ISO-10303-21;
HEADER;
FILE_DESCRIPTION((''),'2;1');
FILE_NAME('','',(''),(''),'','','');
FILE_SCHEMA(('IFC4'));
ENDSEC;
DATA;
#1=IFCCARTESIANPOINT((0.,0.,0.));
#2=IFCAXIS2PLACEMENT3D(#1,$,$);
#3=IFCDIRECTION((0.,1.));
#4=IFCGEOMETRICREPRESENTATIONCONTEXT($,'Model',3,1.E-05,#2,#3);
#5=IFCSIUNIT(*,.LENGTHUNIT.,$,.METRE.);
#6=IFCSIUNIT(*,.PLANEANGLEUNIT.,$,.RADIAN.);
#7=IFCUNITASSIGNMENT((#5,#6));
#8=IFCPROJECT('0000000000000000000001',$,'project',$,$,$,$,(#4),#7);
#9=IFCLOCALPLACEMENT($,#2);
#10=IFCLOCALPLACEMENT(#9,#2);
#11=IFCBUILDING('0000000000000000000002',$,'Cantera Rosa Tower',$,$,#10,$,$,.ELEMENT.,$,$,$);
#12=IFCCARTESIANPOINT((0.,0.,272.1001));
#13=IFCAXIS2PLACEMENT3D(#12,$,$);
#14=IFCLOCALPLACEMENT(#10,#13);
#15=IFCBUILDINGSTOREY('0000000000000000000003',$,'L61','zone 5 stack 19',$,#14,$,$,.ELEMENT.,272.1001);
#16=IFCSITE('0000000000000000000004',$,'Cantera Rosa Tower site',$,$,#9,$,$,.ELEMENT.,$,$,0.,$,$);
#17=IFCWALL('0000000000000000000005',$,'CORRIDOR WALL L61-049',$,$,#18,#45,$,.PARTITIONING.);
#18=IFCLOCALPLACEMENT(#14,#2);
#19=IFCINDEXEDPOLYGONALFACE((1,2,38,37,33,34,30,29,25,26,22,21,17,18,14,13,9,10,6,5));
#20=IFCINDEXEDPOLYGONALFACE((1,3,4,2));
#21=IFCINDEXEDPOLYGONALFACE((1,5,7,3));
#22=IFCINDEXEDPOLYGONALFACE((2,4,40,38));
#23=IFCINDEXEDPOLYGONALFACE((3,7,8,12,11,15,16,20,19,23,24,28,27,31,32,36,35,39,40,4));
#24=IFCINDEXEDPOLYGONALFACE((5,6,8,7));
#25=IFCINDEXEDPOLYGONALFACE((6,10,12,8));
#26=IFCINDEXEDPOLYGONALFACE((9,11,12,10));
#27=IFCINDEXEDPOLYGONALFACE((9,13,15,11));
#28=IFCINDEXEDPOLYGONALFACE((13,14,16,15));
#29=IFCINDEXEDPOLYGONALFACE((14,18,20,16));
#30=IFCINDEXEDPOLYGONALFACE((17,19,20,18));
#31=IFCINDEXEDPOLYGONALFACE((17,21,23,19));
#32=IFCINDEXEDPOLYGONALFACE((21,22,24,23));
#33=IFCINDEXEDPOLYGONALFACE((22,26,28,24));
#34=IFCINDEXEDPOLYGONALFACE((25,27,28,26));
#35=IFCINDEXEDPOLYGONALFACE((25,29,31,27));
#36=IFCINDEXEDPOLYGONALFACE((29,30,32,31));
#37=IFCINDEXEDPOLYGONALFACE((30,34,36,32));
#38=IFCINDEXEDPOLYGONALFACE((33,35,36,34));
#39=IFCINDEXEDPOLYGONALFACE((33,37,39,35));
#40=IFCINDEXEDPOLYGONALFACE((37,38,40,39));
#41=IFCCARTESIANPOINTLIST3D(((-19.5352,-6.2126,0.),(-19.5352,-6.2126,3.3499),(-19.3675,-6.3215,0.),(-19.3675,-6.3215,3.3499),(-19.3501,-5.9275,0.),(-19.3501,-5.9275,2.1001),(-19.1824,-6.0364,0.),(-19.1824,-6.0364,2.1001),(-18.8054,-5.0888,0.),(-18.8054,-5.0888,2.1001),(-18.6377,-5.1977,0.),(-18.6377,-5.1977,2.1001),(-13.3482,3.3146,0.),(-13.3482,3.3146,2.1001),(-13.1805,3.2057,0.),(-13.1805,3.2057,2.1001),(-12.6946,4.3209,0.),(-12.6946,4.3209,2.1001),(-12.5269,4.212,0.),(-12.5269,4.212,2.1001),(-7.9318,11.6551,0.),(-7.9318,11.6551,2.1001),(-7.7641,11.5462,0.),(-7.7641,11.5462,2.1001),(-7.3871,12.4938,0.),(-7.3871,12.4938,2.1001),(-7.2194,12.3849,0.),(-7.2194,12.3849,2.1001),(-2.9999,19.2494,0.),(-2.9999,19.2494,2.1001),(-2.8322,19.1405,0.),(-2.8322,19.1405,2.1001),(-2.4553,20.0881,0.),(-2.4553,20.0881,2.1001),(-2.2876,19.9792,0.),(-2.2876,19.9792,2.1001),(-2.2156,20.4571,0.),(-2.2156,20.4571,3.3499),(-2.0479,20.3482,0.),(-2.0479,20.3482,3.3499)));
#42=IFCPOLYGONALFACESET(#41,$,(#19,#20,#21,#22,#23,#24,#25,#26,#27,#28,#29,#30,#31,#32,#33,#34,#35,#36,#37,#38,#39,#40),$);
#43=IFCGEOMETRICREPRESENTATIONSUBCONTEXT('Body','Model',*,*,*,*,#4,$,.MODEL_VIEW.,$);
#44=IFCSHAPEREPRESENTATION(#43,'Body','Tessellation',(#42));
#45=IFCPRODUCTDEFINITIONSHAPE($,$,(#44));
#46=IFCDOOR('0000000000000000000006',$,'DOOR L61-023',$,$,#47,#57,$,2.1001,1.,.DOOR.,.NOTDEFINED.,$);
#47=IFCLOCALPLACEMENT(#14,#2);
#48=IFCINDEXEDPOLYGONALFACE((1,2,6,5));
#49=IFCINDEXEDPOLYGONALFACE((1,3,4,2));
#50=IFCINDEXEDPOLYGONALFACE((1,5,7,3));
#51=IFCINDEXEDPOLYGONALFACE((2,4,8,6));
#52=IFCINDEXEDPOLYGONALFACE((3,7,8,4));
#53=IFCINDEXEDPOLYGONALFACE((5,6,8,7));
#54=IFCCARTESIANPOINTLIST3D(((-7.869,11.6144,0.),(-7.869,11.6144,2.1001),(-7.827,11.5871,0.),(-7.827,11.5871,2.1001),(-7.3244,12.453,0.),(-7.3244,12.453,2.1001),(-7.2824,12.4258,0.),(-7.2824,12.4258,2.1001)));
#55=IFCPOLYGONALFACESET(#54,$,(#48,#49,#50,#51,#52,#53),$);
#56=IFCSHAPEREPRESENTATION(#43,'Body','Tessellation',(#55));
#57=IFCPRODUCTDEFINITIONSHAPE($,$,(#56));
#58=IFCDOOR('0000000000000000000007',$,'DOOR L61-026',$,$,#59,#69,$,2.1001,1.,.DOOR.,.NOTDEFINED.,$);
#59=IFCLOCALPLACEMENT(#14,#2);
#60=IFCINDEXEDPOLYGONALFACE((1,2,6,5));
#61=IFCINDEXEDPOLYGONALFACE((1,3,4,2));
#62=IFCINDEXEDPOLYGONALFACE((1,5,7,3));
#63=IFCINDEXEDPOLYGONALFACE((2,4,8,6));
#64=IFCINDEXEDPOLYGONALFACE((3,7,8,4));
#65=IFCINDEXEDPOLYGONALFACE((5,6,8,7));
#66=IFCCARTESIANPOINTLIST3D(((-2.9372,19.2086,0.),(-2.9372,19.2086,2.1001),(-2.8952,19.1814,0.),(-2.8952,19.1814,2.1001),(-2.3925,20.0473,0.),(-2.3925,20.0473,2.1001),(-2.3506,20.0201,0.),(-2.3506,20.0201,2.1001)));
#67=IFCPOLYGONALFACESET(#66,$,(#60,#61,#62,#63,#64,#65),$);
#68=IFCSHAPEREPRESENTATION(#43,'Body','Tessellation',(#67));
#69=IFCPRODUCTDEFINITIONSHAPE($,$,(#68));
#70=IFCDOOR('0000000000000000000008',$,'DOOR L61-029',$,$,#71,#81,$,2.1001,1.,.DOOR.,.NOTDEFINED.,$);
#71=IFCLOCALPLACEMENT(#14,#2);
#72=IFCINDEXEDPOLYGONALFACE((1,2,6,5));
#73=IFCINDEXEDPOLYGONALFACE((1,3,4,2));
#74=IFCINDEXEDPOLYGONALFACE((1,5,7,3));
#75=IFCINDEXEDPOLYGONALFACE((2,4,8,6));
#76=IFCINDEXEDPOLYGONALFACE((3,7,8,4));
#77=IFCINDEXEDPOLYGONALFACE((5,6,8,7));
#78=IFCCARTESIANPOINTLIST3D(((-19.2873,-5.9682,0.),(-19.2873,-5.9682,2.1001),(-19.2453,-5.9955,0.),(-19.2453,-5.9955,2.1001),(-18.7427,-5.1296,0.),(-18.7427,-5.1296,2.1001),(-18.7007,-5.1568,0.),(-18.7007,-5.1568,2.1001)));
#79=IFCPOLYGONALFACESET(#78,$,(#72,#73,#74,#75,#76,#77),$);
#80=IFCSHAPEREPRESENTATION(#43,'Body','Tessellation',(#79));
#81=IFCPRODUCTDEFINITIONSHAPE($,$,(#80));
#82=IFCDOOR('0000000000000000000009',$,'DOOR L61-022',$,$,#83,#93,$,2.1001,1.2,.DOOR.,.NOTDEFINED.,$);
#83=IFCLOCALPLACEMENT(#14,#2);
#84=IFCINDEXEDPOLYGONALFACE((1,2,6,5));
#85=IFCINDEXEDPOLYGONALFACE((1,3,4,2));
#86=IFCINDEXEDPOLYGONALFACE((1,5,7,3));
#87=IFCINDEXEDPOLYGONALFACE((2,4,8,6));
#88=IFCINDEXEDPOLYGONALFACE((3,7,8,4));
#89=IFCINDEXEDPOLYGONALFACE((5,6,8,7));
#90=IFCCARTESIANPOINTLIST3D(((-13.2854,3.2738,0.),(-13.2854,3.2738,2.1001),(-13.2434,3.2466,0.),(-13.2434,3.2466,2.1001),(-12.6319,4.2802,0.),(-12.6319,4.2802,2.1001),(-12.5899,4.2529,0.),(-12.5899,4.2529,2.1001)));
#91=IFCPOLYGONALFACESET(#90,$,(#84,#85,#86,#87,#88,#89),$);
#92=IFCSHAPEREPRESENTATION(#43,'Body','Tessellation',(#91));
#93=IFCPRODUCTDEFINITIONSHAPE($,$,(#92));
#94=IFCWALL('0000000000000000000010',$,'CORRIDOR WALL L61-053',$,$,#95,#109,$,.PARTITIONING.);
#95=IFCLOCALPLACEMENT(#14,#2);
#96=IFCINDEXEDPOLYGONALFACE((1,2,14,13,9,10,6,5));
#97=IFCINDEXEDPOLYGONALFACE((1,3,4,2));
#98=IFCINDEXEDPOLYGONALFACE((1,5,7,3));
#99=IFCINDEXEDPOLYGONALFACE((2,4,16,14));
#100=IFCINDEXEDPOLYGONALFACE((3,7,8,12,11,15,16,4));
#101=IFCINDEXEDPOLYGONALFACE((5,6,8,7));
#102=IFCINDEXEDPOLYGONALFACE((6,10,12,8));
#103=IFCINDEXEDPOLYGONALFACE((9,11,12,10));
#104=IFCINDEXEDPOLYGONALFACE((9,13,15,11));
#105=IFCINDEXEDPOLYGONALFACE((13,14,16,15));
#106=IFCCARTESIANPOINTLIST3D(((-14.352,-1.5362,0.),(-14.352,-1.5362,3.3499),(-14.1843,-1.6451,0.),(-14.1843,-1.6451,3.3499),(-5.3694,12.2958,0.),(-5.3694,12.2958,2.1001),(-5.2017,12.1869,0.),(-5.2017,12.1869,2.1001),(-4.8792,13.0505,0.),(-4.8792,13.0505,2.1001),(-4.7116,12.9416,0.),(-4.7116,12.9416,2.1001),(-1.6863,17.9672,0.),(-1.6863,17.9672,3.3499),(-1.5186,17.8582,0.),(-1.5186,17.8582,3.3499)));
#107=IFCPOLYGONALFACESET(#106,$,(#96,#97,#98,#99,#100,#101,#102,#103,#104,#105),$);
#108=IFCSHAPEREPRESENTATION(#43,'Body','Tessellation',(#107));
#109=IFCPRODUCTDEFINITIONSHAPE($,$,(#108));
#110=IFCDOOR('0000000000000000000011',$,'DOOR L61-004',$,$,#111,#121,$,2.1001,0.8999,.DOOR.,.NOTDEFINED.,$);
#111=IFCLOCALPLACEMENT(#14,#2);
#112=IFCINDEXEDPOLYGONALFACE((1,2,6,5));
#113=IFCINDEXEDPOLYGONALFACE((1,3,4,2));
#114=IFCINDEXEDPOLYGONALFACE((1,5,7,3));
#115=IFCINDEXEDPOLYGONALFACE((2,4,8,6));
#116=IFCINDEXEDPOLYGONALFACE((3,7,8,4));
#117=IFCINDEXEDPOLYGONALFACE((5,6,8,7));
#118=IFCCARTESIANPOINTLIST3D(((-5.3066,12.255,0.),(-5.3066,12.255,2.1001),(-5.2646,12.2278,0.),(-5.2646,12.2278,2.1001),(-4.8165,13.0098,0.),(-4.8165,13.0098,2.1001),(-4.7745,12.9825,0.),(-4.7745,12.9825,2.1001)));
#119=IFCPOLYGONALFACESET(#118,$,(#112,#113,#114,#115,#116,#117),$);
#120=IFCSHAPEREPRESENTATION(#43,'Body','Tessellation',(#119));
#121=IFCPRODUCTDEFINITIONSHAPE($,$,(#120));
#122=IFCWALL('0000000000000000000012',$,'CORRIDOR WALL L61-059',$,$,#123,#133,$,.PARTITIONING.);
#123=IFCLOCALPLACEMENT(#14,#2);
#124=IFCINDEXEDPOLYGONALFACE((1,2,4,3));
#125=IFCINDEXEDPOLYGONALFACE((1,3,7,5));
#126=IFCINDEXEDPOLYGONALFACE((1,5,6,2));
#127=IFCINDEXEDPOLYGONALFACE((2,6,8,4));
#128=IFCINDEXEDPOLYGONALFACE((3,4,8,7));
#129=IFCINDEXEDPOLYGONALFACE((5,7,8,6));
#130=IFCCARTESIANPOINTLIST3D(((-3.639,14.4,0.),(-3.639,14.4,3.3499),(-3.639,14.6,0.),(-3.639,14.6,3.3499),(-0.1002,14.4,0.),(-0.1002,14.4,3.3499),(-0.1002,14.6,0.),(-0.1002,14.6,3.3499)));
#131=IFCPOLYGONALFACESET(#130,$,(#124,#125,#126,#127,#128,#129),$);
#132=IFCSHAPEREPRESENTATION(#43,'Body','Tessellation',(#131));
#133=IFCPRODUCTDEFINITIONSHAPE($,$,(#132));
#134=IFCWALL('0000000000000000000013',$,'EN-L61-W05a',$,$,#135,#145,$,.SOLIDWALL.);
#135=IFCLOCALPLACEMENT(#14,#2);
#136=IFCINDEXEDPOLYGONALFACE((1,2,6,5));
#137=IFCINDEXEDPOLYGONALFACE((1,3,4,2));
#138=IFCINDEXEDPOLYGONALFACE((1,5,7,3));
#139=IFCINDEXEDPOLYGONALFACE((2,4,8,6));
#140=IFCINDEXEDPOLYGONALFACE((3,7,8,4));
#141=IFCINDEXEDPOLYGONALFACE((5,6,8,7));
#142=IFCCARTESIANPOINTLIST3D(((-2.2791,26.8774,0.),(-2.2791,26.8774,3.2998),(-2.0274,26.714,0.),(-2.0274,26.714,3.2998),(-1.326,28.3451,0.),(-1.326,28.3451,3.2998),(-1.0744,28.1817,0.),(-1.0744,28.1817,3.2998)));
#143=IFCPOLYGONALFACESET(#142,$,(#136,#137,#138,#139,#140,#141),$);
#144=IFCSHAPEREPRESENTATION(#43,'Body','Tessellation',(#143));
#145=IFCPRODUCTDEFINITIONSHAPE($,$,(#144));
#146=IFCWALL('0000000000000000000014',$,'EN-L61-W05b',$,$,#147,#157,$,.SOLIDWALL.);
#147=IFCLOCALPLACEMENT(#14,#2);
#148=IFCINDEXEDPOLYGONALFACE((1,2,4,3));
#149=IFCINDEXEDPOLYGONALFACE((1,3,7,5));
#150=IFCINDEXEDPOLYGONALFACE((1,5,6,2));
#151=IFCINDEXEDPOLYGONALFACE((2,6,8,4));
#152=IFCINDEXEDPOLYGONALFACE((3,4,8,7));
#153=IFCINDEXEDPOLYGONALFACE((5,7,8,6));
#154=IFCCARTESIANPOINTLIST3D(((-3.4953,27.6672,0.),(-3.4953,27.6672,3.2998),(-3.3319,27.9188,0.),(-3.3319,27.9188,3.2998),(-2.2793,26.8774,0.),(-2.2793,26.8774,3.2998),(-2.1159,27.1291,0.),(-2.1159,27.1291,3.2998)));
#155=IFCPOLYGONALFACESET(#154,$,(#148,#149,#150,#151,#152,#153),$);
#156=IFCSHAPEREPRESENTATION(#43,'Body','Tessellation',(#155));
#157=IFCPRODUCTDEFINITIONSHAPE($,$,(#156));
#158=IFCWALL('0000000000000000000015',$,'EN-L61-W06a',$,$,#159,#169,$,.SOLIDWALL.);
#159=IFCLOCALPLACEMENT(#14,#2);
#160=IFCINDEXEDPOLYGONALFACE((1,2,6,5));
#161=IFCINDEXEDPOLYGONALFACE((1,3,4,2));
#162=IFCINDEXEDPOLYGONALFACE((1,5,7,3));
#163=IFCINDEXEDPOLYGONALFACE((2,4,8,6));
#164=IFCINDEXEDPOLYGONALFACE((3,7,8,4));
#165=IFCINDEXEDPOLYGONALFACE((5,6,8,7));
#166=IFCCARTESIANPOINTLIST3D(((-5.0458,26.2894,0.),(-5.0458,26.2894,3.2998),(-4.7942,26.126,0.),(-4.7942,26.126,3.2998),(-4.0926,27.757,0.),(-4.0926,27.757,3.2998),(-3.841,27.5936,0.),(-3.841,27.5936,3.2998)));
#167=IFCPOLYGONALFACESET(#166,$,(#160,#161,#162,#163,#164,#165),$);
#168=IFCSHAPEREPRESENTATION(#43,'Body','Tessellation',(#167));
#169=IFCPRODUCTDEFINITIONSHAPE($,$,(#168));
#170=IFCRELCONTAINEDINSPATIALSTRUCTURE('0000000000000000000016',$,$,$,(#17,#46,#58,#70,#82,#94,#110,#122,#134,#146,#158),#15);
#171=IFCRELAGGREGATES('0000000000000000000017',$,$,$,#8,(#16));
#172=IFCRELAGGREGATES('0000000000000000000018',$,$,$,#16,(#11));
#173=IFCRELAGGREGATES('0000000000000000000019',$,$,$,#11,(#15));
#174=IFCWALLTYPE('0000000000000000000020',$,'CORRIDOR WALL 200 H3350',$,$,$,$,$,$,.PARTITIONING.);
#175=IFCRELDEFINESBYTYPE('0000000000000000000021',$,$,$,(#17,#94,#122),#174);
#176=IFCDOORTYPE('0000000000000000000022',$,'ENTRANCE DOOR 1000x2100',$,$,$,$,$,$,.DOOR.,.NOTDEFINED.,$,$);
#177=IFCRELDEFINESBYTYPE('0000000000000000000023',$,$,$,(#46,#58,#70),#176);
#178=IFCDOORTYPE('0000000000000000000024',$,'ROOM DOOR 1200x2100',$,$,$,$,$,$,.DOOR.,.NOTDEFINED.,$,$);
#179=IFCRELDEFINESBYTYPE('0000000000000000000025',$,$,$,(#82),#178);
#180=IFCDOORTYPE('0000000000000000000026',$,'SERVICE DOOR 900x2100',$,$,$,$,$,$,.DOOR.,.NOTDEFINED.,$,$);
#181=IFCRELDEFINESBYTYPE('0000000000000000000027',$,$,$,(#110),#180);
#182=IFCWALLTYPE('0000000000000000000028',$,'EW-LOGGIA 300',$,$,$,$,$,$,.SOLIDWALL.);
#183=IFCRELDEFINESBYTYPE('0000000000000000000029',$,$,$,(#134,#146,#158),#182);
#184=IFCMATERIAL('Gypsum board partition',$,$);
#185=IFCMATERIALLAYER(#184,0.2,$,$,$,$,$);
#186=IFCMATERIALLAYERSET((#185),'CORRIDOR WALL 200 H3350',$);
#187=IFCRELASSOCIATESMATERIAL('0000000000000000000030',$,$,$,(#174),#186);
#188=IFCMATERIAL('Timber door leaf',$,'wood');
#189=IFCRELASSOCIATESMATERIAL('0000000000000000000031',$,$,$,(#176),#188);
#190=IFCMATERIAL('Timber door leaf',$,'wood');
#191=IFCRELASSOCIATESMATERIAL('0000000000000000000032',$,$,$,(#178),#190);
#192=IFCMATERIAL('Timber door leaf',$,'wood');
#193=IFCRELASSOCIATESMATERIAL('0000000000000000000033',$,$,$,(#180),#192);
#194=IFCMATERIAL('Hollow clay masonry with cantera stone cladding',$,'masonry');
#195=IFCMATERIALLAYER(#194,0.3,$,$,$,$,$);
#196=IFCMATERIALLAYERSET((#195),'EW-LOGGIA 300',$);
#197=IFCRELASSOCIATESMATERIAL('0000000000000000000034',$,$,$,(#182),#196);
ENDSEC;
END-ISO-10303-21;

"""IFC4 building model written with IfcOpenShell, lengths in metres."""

from ifc_helpers import new_model, si_unit, direction, frame, frame_2d, origin, place, context, subcontext, project, spatial, rectangle, extrude, material, layer, layer_set, type_object, element, fill, save


model = new_model("IFC4")

# Units and contexts
model_context = context("Model", 3, precision=1e-05, world=origin(), true_north=direction((0.0, 1.0)))
body_context = subcontext(model_context, "Body", "Model", "MODEL_VIEW")
ifc_project = project(units=[si_unit("LENGTHUNIT", "METRE"), si_unit("PLANEANGLEUNIT", "RADIAN")], contexts=[model_context])

# Site, building, storey
site_placement = place(None, origin())
site = spatial("IfcSite", under=ifc_project, at=site_placement, Name="Cantera Rosa Tower site", CompositionType="ELEMENT", RefElevation=0.0)
building_placement = place(site_placement, origin())
building = spatial("IfcBuilding", under=site, at=building_placement, Name="Cantera Rosa Tower", CompositionType="ELEMENT")
storey_placement = place(building_placement, frame((0.0, 0.0, 272.1001)))
storey = spatial("IfcBuildingStorey", under=building, at=storey_placement, Name="L61", Description="zone 5 stack 19", CompositionType="ELEMENT", Elevation=272.1001)

# Wall, openings, doors
ifc_material_1 = material(Name="Gypsum board partition")
ifc_layer_1 = layer(ifc_material_1, 0.2)
ifc_layer_set_1 = layer_set([ifc_layer_1], Name="CORRIDOR WALL 200 H3350")
wall_type_1 = type_object("IfcWallType", Name="CORRIDOR WALL 200 H3350", PredefinedType="PARTITIONING", material=ifc_layer_set_1)
wall_1_placement = place(storey_placement, frame((-2.1318, 20.4026, 0.0), z_axis=(0.0, 0.0, 1.0), x_axis=(-0.544641, -0.838669, 0.0)))
wall_1 = element("IfcWall", 1, at=wall_1_placement, inside=storey, type_object=wall_type_1, Name="CORRIDOR WALL L61-049", PredefinedType="PARTITIONING", context=body_context, shape_type="SweptSolid", body=[
    extrude(rectangle(XDim=31.8, YDim=0.2, at=frame_2d((15.8999, 0.0))), origin(), (0.0, 0.0, 1.0), 3.3499),
])
opening_1_placement = place(wall_1_placement, frame((19.24, 0.0, 0.0)))
opening_1 = element("IfcOpeningElement", 2, at=opening_1_placement, cuts=wall_1, PredefinedType="OPENING", context=body_context, shape_type="SweptSolid", body=[
    extrude(rectangle(XDim=1.2, YDim=2.1001, at=frame_2d((0.6001, 1.05))), frame((0.0, 0.1099, 0.0), z_axis=(0.0, -1.0, 0.0), x_axis=(1.0, 0.0, 0.0)), (0.0, 0.0, 1.0), 0.22),
])
opening_2_placement = place(wall_1_placement, frame((9.4951, 0.0, 0.0)))
opening_2 = element("IfcOpeningElement", 3, at=opening_2_placement, cuts=wall_1, PredefinedType="OPENING", context=body_context, shape_type="SweptSolid", body=[
    extrude(rectangle(XDim=1.0, YDim=2.1001, at=frame_2d((0.5, 1.05))), frame((0.0, 0.1099, 0.0), z_axis=(0.0, -1.0, 0.0), x_axis=(1.0, 0.0, 0.0)), (0.0, 0.0, 1.0), 0.22),
])
opening_3_placement = place(wall_1_placement, frame((0.4399, 0.0, 0.0)))
opening_3 = element("IfcOpeningElement", 4, at=opening_3_placement, cuts=wall_1, PredefinedType="OPENING", context=body_context, shape_type="SweptSolid", body=[
    extrude(rectangle(XDim=1.0, YDim=2.1001, at=frame_2d((0.5, 1.05))), frame((0.0, 0.1099, 0.0), z_axis=(0.0, -1.0, 0.0), x_axis=(1.0, 0.0, 0.0)), (0.0, 0.0, 1.0), 0.22),
])
opening_4_placement = place(wall_1_placement, frame((30.46, 0.0, 0.0)))
opening_4 = element("IfcOpeningElement", 5, at=opening_4_placement, cuts=wall_1, PredefinedType="OPENING", context=body_context, shape_type="SweptSolid", body=[
    extrude(rectangle(XDim=1.0, YDim=2.1001, at=frame_2d((0.5, 1.05))), frame((0.0, 0.1099, 0.0), z_axis=(0.0, -1.0, 0.0), x_axis=(1.0, 0.0, 0.0)), (0.0, 0.0, 1.0), 0.22),
])
ifc_material_2 = material(Name="Timber door leaf", Category="wood")
door_type_1 = type_object("IfcDoorType", Name="ENTRANCE DOOR 1000x2100", OperationType="NOTDEFINED", PredefinedType="DOOR", material=ifc_material_2)
door_1_placement = place(opening_2_placement, origin())
door_1 = element("IfcDoor", 6, at=door_1_placement, inside=storey, type_object=door_type_1, Name="DOOR L61-023", OperationType="NOTDEFINED", OverallHeight=2.1001, OverallWidth=1.0, PredefinedType="DOOR", context=body_context, shape_type="SweptSolid", body=[
    extrude(rectangle(XDim=1.0, YDim=2.1001, at=frame_2d((0.5, 1.05))), frame((0.0, 0.0249, 0.0), z_axis=(0.0, -1.0, 0.0), x_axis=(1.0, 0.0, 0.0)), (0.0, 0.0, 1.0), 0.05),
])
fill(opening_2, door_1)
door_2_placement = place(opening_3_placement, origin())
door_2 = element("IfcDoor", 7, at=door_2_placement, inside=storey, type_object=door_type_1, Name="DOOR L61-026", OperationType="NOTDEFINED", OverallHeight=2.1001, OverallWidth=1.0, PredefinedType="DOOR", context=body_context, shape_type="SweptSolid", body=[
    extrude(rectangle(XDim=1.0, YDim=2.1001, at=frame_2d((0.5, 1.05))), frame((0.0, 0.0249, 0.0), z_axis=(0.0, -1.0, 0.0), x_axis=(1.0, 0.0, 0.0)), (0.0, 0.0, 1.0), 0.05),
])
fill(opening_3, door_2)
door_3_placement = place(opening_4_placement, origin())
door_3 = element("IfcDoor", 8, at=door_3_placement, inside=storey, type_object=door_type_1, Name="DOOR L61-029", OperationType="NOTDEFINED", OverallHeight=2.1001, OverallWidth=1.0, PredefinedType="DOOR", context=body_context, shape_type="SweptSolid", body=[
    extrude(rectangle(XDim=1.0, YDim=2.1001, at=frame_2d((0.5, 1.05))), frame((0.0, 0.0249, 0.0), z_axis=(0.0, -1.0, 0.0), x_axis=(1.0, 0.0, 0.0)), (0.0, 0.0, 1.0), 0.05),
])
fill(opening_4, door_3)
ifc_material_3 = material(Name="Timber door leaf", Category="wood")
door_type_2 = type_object("IfcDoorType", Name="ROOM DOOR 1200x2100", OperationType="NOTDEFINED", PredefinedType="DOOR", material=ifc_material_3)
door_4_placement = place(opening_1_placement, origin())
door_4 = element("IfcDoor", 9, at=door_4_placement, inside=storey, type_object=door_type_2, Name="DOOR L61-022", OperationType="NOTDEFINED", OverallHeight=2.1001, OverallWidth=1.2, PredefinedType="DOOR", context=body_context, shape_type="SweptSolid", body=[
    extrude(rectangle(XDim=1.2, YDim=2.1001, at=frame_2d((0.6001, 1.05))), frame((0.0, 0.0249, 0.0), z_axis=(0.0, -1.0, 0.0), x_axis=(1.0, 0.0, 0.0)), (0.0, 0.0, 1.0), 0.05),
])
fill(opening_1, door_4)

# Wall, opening, door
wall_2_placement = place(storey_placement, frame((-1.6025, 17.9126, 0.0), z_axis=(0.0, 0.0, 1.0), x_axis=(-0.544642, -0.838669, 0.0)))
wall_2 = element("IfcWall", 10, at=wall_2_placement, inside=storey, type_object=wall_type_1, Name="CORRIDOR WALL L61-053", PredefinedType="PARTITIONING", context=body_context, shape_type="SweptSolid", body=[
    extrude(rectangle(XDim=23.2551, YDim=0.2, at=frame_2d((11.6274, 0.0))), origin(), (0.0, 0.0, 1.0), 3.3499),
])
opening_5_placement = place(wall_2_placement, frame((5.8623, 0.0, 0.0)))
opening_5 = element("IfcOpeningElement", 11, at=opening_5_placement, cuts=wall_2, PredefinedType="OPENING", context=body_context, shape_type="SweptSolid", body=[
    extrude(rectangle(XDim=0.8999, YDim=2.1001, at=frame_2d((0.45, 1.05))), frame((0.0, 0.1099, 0.0), z_axis=(0.0, -1.0, 0.0), x_axis=(1.0, 0.0, 0.0)), (0.0, 0.0, 1.0), 0.22),
])
ifc_material_4 = material(Name="Timber door leaf", Category="wood")
door_type_3 = type_object("IfcDoorType", Name="SERVICE DOOR 900x2100", OperationType="NOTDEFINED", PredefinedType="DOOR", material=ifc_material_4)
door_5_placement = place(opening_5_placement, origin())
door_5 = element("IfcDoor", 12, at=door_5_placement, inside=storey, type_object=door_type_3, Name="DOOR L61-004", OperationType="NOTDEFINED", OverallHeight=2.1001, OverallWidth=0.8999, PredefinedType="DOOR", context=body_context, shape_type="SweptSolid", body=[
    extrude(rectangle(XDim=0.8999, YDim=2.1001, at=frame_2d((0.45, 1.05))), frame((0.0, 0.0249, 0.0), z_axis=(0.0, -1.0, 0.0), x_axis=(1.0, 0.0, 0.0)), (0.0, 0.0, 1.0), 0.05),
])
fill(opening_5, door_5)

# Walls
wall_3_placement = place(storey_placement, frame((-0.1001, 14.5, 0.0), z_axis=(0.0, 0.0, 1.0), x_axis=(-1.0, 0.0, 0.0)))
element("IfcWall", 13, at=wall_3_placement, inside=storey, type_object=wall_type_1, Name="CORRIDOR WALL L61-059", PredefinedType="PARTITIONING", context=body_context, shape_type="SweptSolid", body=[
    extrude(rectangle(XDim=3.5388, YDim=0.2, at=frame_2d((1.7695, 0.0))), origin(), (0.0, 0.0, 1.0), 3.3499),
])
ifc_material_5 = material(Name="Hollow clay masonry with cantera stone cladding", Category="masonry")
ifc_layer_2 = layer(ifc_material_5, 0.3)
ifc_layer_set_2 = layer_set([ifc_layer_2], Name="EW-LOGGIA 300")
wall_type_2 = type_object("IfcWallType", Name="EW-LOGGIA 300", PredefinedType="SOLIDWALL", material=ifc_layer_set_2)
wall_4_placement = place(storey_placement, frame((-1.2002, 28.2634, 0.0), z_axis=(0.0, 0.0, 1.0), x_axis=(-0.544616, -0.838686, 0.0)))
element("IfcWall", 14, at=wall_4_placement, inside=storey, type_object=wall_type_2, Name="EN-L61-W05a", PredefinedType="SOLIDWALL", context=body_context, shape_type="SweptSolid", body=[
    extrude(rectangle(XDim=1.75, YDim=0.3, at=frame_2d((0.875, 0.0))), origin(), (0.0, 0.0, 1.0), 3.2998),
])
wall_5_placement = place(storey_placement, frame((-2.1975, 27.0032, 0.0), z_axis=(0.0, 0.0, 1.0), x_axis=(-0.838647, 0.544675, 0.0)))
element("IfcWall", 15, at=wall_5_placement, inside=storey, type_object=wall_type_2, Name="EN-L61-W05b", PredefinedType="SOLIDWALL", context=body_context, shape_type="SweptSolid", body=[
    extrude(rectangle(XDim=1.45, YDim=0.3, at=frame_2d((0.7251, 0.0))), origin(), (0.0, 0.0, 1.0), 3.2998),
])
wall_6_placement = place(storey_placement, frame((-3.9668, 27.6753, 0.0), z_axis=(0.0, 0.0, 1.0), x_axis=(-0.544679, -0.838644, 0.0)))
element("IfcWall", 16, at=wall_6_placement, inside=storey, type_object=wall_type_2, Name="EN-L61-W06a", PredefinedType="SOLIDWALL", context=body_context, shape_type="SweptSolid", body=[
    extrude(rectangle(XDim=1.75, YDim=0.3, at=frame_2d((0.875, 0.0))), origin(), (0.0, 0.0, 1.0), 3.2998),
])

save(model, "model.ifc")
